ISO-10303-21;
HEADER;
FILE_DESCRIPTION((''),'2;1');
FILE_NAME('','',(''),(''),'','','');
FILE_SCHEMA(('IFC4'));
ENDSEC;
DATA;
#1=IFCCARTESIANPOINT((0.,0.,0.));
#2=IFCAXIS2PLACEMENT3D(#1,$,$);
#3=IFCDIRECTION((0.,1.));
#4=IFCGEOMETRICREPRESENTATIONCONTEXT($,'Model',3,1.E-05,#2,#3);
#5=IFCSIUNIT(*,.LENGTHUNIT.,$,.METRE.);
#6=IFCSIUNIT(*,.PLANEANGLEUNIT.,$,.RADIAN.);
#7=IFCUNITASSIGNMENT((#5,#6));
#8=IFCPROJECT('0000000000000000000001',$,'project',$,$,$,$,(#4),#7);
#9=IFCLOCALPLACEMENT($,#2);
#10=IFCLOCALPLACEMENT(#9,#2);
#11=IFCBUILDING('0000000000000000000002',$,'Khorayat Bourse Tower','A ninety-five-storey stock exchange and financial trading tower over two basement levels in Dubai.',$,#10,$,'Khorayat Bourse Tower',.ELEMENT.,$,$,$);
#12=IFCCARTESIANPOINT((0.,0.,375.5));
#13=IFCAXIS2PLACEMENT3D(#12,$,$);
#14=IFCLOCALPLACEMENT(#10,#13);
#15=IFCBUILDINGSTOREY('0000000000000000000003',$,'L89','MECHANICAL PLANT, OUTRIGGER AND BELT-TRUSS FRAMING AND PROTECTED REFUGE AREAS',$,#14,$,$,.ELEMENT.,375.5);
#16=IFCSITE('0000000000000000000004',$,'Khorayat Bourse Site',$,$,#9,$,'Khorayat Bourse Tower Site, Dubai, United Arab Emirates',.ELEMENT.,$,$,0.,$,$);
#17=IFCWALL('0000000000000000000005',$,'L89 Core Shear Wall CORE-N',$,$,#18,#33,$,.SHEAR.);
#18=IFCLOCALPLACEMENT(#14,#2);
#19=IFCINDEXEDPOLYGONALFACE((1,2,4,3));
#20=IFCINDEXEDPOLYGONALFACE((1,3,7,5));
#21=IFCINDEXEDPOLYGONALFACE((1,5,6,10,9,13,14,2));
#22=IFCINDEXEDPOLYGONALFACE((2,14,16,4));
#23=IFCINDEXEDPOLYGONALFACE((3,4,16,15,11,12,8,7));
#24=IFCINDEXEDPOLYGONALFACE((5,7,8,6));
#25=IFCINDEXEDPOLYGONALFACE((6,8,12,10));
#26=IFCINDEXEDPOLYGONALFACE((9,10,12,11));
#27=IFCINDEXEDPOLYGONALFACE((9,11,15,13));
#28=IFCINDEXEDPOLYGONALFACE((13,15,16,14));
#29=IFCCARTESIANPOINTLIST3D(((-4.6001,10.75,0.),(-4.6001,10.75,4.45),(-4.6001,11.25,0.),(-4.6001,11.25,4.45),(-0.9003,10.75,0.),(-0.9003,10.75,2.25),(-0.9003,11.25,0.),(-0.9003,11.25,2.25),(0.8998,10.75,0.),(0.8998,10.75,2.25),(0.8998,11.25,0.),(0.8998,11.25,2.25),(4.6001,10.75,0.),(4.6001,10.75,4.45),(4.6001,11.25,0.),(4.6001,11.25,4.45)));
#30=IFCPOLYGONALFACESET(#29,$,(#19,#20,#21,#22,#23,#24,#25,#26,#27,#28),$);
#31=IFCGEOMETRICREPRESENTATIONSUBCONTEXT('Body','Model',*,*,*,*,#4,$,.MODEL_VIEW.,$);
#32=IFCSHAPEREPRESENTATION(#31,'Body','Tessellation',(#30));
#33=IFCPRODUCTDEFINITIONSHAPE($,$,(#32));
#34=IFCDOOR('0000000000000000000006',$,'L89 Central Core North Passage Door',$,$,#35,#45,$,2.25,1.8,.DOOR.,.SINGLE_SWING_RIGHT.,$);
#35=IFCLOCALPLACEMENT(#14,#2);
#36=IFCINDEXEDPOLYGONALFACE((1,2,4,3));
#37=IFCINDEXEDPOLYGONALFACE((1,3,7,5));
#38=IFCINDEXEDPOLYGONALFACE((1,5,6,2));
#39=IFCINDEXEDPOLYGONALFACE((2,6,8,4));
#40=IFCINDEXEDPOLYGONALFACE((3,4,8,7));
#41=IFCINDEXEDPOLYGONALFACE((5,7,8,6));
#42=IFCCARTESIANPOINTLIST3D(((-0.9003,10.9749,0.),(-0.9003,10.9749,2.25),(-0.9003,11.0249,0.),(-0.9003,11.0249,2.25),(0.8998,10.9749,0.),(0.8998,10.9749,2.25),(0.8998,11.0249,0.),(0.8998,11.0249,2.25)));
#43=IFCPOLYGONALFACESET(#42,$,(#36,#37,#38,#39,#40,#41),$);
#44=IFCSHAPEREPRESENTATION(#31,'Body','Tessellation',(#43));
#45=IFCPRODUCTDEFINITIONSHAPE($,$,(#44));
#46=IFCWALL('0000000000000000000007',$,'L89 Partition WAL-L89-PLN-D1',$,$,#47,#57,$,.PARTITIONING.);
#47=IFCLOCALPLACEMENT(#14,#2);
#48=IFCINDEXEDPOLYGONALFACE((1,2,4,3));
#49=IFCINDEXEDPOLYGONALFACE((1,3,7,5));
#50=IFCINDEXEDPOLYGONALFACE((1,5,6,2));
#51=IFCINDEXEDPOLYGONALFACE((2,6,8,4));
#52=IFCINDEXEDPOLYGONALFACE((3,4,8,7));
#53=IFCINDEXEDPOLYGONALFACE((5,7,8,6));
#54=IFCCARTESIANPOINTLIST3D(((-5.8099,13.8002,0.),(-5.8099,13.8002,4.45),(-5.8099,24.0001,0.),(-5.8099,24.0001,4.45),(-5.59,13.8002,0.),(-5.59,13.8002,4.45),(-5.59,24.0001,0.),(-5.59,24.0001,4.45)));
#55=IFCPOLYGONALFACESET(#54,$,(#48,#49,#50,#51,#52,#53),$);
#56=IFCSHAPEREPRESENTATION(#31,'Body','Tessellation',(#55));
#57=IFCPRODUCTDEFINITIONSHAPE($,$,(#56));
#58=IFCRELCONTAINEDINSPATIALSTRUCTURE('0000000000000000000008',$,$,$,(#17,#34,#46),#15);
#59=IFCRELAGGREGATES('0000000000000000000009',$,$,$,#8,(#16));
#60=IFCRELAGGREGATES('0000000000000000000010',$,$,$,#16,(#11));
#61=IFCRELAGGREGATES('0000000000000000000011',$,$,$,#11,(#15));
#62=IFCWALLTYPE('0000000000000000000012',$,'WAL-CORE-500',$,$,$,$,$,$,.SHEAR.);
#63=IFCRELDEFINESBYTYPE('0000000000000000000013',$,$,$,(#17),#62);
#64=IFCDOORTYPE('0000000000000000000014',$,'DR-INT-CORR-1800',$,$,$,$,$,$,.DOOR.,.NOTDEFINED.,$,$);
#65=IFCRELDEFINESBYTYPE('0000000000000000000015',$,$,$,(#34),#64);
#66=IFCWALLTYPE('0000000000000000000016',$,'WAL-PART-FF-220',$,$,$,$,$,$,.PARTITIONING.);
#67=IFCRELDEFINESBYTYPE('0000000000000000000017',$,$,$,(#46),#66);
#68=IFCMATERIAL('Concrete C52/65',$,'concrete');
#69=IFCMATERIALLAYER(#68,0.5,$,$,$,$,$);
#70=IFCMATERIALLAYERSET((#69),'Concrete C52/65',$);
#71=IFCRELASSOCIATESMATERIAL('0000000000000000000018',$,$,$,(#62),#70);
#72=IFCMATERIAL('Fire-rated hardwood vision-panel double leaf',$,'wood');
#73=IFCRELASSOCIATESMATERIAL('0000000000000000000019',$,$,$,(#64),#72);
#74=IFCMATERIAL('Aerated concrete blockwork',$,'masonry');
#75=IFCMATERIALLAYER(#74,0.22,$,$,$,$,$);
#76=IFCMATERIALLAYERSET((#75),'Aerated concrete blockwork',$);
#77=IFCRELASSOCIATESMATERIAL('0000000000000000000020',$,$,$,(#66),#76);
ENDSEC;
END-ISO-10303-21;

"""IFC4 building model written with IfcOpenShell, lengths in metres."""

from ifc_helpers import new_model, si_unit, direction, frame, frame_2d, origin, place, context, subcontext, project, spatial, rectangle, extrude, source, transform, mapped, material, layer, layer_set, type_object, element, fill, save


model = new_model("IFC4")

# Units and contexts
model_context = context("Model", 3, precision=1e-05, world=origin(), true_north=direction((0.0, 1.0)))
body_context = subcontext(model_context, "Body", "Model", "MODEL_VIEW")
ifc_project = project(units=[si_unit("LENGTHUNIT", "METRE"), si_unit("PLANEANGLEUNIT", "RADIAN")], contexts=[model_context])

# Site, building, storey
site_placement = place(None, origin())
site = spatial("IfcSite", under=ifc_project, at=site_placement, Name="Khorayat Bourse Site", LongName="Khorayat Bourse Tower Site, Dubai, United Arab Emirates", CompositionType="ELEMENT", RefElevation=0.0)
building_placement = place(site_placement, origin())
building = spatial("IfcBuilding", under=site, at=building_placement, Name="Khorayat Bourse Tower", Description="A ninety-five-storey stock exchange and financial trading tower over two basement levels in Dubai.", LongName="Khorayat Bourse Tower", CompositionType="ELEMENT")
storey_placement = place(building_placement, frame((0.0, 0.0, 375.5)))
storey = spatial("IfcBuildingStorey", under=building, at=storey_placement, Name="L89", Description="MECHANICAL PLANT, OUTRIGGER AND BELT-TRUSS FRAMING AND PROTECTED REFUGE AREAS", CompositionType="ELEMENT", Elevation=375.5)

# Shared definitions
ifc_material_1 = material(Name="Concrete C52/65", Category="concrete")

# Shared definitions
ifc_layer_1 = layer(ifc_material_1, 0.5)
ifc_layer_set_1 = layer_set([ifc_layer_1], Name="Concrete C52/65")
wall_type_1 = type_object("IfcWallType", Name="WAL-CORE-500", PredefinedType="SHEAR", material=ifc_layer_set_1)

# Wall, opening, door
shared_shape_1 = source(origin(), body_context, "Body", "SweptSolid", [
    extrude(rectangle(XDim=9.2002, YDim=0.5, at=frame_2d((4.6001, 0.0))), origin(), (0.0, 0.0, 1.0), 4.45),
])
wall_1_placement = place(storey_placement, frame((-4.6001, 11.0, 0.0), z_axis=(0.0, 0.0, 1.0), x_axis=(1.0, 0.0, 0.0)))
wall_1 = element("IfcWall", 1, at=wall_1_placement, inside=storey, type_object=wall_type_1, Name="L89 Core Shear Wall CORE-N", PredefinedType="SHEAR", context=body_context, shape_type="MappedRepresentation", body=[
    mapped(shared_shape_1, transform((0.0, 0.0, 0.0), scale=1.0)),
])
shared_shape_2 = source(origin(), body_context, "Body", "SweptSolid", [
    extrude(rectangle(XDim=1.8, YDim=2.25, at=frame_2d((0.8999, 1.125))), frame((0.0, 0.26, 0.0), z_axis=(0.0, -1.0, 0.0), x_axis=(1.0, 0.0, 0.0)), (0.0, 0.0, 1.0), 0.52),
])
opening_placement = place(wall_1_placement, frame((3.7, 0.0, 0.0)))
opening = element("IfcOpeningElement", 2, at=opening_placement, cuts=wall_1, PredefinedType="OPENING", context=body_context, shape_type="MappedRepresentation", body=[
    mapped(shared_shape_2, transform((0.0, 0.0, 0.0), scale=1.0)),
])
ifc_material_2 = material(Name="Fire-rated hardwood vision-panel double leaf", Category="wood")
door_type = type_object("IfcDoorType", Name="DR-INT-CORR-1800", OperationType="NOTDEFINED", PredefinedType="DOOR", material=ifc_material_2)
shared_shape_3 = source(origin(), body_context, "Body", "SweptSolid", [
    extrude(rectangle(XDim=1.8, YDim=2.25, at=frame_2d((0.8999, 1.125))), frame((0.0, 0.0249, 0.0), z_axis=(0.0, -1.0, 0.0), x_axis=(1.0, 0.0, 0.0)), (0.0, 0.0, 1.0), 0.05),
])
door_placement = place(opening_placement, origin())
door = element("IfcDoor", 3, at=door_placement, inside=storey, type_object=door_type, Name="L89 Central Core North Passage Door", OperationType="SINGLE_SWING_RIGHT", OverallHeight=2.25, OverallWidth=1.8, PredefinedType="DOOR", context=body_context, shape_type="MappedRepresentation", body=[
    mapped(shared_shape_3, transform((0.0, 0.0, 0.0), scale=1.0)),
])
fill(opening, door)

# Wall
ifc_material_3 = material(Name="Aerated concrete blockwork", Category="masonry")
ifc_layer_2 = layer(ifc_material_3, 0.22)
ifc_layer_set_2 = layer_set([ifc_layer_2], Name="Aerated concrete blockwork")
wall_type_2 = type_object("IfcWallType", Name="WAL-PART-FF-220", PredefinedType="PARTITIONING", material=ifc_layer_set_2)
shared_shape_4 = source(origin(), body_context, "Body", "SweptSolid", [
    extrude(rectangle(XDim=10.2, YDim=0.22, at=frame_2d((5.1001, 0.0))), origin(), (0.0, 0.0, 1.0), 4.45),
])
wall_2_placement = place(storey_placement, frame((-5.7, 13.8, 0.0), z_axis=(0.0, 0.0, 1.0), x_axis=(0.0, 1.0, 0.0)))
element("IfcWall", 4, at=wall_2_placement, inside=storey, type_object=wall_type_2, Name="L89 Partition WAL-L89-PLN-D1", PredefinedType="PARTITIONING", context=body_context, shape_type="MappedRepresentation", body=[
    mapped(shared_shape_4, transform((0.0, 0.0, 0.0), scale=1.0)),
])

save(model, "model.ifc")
